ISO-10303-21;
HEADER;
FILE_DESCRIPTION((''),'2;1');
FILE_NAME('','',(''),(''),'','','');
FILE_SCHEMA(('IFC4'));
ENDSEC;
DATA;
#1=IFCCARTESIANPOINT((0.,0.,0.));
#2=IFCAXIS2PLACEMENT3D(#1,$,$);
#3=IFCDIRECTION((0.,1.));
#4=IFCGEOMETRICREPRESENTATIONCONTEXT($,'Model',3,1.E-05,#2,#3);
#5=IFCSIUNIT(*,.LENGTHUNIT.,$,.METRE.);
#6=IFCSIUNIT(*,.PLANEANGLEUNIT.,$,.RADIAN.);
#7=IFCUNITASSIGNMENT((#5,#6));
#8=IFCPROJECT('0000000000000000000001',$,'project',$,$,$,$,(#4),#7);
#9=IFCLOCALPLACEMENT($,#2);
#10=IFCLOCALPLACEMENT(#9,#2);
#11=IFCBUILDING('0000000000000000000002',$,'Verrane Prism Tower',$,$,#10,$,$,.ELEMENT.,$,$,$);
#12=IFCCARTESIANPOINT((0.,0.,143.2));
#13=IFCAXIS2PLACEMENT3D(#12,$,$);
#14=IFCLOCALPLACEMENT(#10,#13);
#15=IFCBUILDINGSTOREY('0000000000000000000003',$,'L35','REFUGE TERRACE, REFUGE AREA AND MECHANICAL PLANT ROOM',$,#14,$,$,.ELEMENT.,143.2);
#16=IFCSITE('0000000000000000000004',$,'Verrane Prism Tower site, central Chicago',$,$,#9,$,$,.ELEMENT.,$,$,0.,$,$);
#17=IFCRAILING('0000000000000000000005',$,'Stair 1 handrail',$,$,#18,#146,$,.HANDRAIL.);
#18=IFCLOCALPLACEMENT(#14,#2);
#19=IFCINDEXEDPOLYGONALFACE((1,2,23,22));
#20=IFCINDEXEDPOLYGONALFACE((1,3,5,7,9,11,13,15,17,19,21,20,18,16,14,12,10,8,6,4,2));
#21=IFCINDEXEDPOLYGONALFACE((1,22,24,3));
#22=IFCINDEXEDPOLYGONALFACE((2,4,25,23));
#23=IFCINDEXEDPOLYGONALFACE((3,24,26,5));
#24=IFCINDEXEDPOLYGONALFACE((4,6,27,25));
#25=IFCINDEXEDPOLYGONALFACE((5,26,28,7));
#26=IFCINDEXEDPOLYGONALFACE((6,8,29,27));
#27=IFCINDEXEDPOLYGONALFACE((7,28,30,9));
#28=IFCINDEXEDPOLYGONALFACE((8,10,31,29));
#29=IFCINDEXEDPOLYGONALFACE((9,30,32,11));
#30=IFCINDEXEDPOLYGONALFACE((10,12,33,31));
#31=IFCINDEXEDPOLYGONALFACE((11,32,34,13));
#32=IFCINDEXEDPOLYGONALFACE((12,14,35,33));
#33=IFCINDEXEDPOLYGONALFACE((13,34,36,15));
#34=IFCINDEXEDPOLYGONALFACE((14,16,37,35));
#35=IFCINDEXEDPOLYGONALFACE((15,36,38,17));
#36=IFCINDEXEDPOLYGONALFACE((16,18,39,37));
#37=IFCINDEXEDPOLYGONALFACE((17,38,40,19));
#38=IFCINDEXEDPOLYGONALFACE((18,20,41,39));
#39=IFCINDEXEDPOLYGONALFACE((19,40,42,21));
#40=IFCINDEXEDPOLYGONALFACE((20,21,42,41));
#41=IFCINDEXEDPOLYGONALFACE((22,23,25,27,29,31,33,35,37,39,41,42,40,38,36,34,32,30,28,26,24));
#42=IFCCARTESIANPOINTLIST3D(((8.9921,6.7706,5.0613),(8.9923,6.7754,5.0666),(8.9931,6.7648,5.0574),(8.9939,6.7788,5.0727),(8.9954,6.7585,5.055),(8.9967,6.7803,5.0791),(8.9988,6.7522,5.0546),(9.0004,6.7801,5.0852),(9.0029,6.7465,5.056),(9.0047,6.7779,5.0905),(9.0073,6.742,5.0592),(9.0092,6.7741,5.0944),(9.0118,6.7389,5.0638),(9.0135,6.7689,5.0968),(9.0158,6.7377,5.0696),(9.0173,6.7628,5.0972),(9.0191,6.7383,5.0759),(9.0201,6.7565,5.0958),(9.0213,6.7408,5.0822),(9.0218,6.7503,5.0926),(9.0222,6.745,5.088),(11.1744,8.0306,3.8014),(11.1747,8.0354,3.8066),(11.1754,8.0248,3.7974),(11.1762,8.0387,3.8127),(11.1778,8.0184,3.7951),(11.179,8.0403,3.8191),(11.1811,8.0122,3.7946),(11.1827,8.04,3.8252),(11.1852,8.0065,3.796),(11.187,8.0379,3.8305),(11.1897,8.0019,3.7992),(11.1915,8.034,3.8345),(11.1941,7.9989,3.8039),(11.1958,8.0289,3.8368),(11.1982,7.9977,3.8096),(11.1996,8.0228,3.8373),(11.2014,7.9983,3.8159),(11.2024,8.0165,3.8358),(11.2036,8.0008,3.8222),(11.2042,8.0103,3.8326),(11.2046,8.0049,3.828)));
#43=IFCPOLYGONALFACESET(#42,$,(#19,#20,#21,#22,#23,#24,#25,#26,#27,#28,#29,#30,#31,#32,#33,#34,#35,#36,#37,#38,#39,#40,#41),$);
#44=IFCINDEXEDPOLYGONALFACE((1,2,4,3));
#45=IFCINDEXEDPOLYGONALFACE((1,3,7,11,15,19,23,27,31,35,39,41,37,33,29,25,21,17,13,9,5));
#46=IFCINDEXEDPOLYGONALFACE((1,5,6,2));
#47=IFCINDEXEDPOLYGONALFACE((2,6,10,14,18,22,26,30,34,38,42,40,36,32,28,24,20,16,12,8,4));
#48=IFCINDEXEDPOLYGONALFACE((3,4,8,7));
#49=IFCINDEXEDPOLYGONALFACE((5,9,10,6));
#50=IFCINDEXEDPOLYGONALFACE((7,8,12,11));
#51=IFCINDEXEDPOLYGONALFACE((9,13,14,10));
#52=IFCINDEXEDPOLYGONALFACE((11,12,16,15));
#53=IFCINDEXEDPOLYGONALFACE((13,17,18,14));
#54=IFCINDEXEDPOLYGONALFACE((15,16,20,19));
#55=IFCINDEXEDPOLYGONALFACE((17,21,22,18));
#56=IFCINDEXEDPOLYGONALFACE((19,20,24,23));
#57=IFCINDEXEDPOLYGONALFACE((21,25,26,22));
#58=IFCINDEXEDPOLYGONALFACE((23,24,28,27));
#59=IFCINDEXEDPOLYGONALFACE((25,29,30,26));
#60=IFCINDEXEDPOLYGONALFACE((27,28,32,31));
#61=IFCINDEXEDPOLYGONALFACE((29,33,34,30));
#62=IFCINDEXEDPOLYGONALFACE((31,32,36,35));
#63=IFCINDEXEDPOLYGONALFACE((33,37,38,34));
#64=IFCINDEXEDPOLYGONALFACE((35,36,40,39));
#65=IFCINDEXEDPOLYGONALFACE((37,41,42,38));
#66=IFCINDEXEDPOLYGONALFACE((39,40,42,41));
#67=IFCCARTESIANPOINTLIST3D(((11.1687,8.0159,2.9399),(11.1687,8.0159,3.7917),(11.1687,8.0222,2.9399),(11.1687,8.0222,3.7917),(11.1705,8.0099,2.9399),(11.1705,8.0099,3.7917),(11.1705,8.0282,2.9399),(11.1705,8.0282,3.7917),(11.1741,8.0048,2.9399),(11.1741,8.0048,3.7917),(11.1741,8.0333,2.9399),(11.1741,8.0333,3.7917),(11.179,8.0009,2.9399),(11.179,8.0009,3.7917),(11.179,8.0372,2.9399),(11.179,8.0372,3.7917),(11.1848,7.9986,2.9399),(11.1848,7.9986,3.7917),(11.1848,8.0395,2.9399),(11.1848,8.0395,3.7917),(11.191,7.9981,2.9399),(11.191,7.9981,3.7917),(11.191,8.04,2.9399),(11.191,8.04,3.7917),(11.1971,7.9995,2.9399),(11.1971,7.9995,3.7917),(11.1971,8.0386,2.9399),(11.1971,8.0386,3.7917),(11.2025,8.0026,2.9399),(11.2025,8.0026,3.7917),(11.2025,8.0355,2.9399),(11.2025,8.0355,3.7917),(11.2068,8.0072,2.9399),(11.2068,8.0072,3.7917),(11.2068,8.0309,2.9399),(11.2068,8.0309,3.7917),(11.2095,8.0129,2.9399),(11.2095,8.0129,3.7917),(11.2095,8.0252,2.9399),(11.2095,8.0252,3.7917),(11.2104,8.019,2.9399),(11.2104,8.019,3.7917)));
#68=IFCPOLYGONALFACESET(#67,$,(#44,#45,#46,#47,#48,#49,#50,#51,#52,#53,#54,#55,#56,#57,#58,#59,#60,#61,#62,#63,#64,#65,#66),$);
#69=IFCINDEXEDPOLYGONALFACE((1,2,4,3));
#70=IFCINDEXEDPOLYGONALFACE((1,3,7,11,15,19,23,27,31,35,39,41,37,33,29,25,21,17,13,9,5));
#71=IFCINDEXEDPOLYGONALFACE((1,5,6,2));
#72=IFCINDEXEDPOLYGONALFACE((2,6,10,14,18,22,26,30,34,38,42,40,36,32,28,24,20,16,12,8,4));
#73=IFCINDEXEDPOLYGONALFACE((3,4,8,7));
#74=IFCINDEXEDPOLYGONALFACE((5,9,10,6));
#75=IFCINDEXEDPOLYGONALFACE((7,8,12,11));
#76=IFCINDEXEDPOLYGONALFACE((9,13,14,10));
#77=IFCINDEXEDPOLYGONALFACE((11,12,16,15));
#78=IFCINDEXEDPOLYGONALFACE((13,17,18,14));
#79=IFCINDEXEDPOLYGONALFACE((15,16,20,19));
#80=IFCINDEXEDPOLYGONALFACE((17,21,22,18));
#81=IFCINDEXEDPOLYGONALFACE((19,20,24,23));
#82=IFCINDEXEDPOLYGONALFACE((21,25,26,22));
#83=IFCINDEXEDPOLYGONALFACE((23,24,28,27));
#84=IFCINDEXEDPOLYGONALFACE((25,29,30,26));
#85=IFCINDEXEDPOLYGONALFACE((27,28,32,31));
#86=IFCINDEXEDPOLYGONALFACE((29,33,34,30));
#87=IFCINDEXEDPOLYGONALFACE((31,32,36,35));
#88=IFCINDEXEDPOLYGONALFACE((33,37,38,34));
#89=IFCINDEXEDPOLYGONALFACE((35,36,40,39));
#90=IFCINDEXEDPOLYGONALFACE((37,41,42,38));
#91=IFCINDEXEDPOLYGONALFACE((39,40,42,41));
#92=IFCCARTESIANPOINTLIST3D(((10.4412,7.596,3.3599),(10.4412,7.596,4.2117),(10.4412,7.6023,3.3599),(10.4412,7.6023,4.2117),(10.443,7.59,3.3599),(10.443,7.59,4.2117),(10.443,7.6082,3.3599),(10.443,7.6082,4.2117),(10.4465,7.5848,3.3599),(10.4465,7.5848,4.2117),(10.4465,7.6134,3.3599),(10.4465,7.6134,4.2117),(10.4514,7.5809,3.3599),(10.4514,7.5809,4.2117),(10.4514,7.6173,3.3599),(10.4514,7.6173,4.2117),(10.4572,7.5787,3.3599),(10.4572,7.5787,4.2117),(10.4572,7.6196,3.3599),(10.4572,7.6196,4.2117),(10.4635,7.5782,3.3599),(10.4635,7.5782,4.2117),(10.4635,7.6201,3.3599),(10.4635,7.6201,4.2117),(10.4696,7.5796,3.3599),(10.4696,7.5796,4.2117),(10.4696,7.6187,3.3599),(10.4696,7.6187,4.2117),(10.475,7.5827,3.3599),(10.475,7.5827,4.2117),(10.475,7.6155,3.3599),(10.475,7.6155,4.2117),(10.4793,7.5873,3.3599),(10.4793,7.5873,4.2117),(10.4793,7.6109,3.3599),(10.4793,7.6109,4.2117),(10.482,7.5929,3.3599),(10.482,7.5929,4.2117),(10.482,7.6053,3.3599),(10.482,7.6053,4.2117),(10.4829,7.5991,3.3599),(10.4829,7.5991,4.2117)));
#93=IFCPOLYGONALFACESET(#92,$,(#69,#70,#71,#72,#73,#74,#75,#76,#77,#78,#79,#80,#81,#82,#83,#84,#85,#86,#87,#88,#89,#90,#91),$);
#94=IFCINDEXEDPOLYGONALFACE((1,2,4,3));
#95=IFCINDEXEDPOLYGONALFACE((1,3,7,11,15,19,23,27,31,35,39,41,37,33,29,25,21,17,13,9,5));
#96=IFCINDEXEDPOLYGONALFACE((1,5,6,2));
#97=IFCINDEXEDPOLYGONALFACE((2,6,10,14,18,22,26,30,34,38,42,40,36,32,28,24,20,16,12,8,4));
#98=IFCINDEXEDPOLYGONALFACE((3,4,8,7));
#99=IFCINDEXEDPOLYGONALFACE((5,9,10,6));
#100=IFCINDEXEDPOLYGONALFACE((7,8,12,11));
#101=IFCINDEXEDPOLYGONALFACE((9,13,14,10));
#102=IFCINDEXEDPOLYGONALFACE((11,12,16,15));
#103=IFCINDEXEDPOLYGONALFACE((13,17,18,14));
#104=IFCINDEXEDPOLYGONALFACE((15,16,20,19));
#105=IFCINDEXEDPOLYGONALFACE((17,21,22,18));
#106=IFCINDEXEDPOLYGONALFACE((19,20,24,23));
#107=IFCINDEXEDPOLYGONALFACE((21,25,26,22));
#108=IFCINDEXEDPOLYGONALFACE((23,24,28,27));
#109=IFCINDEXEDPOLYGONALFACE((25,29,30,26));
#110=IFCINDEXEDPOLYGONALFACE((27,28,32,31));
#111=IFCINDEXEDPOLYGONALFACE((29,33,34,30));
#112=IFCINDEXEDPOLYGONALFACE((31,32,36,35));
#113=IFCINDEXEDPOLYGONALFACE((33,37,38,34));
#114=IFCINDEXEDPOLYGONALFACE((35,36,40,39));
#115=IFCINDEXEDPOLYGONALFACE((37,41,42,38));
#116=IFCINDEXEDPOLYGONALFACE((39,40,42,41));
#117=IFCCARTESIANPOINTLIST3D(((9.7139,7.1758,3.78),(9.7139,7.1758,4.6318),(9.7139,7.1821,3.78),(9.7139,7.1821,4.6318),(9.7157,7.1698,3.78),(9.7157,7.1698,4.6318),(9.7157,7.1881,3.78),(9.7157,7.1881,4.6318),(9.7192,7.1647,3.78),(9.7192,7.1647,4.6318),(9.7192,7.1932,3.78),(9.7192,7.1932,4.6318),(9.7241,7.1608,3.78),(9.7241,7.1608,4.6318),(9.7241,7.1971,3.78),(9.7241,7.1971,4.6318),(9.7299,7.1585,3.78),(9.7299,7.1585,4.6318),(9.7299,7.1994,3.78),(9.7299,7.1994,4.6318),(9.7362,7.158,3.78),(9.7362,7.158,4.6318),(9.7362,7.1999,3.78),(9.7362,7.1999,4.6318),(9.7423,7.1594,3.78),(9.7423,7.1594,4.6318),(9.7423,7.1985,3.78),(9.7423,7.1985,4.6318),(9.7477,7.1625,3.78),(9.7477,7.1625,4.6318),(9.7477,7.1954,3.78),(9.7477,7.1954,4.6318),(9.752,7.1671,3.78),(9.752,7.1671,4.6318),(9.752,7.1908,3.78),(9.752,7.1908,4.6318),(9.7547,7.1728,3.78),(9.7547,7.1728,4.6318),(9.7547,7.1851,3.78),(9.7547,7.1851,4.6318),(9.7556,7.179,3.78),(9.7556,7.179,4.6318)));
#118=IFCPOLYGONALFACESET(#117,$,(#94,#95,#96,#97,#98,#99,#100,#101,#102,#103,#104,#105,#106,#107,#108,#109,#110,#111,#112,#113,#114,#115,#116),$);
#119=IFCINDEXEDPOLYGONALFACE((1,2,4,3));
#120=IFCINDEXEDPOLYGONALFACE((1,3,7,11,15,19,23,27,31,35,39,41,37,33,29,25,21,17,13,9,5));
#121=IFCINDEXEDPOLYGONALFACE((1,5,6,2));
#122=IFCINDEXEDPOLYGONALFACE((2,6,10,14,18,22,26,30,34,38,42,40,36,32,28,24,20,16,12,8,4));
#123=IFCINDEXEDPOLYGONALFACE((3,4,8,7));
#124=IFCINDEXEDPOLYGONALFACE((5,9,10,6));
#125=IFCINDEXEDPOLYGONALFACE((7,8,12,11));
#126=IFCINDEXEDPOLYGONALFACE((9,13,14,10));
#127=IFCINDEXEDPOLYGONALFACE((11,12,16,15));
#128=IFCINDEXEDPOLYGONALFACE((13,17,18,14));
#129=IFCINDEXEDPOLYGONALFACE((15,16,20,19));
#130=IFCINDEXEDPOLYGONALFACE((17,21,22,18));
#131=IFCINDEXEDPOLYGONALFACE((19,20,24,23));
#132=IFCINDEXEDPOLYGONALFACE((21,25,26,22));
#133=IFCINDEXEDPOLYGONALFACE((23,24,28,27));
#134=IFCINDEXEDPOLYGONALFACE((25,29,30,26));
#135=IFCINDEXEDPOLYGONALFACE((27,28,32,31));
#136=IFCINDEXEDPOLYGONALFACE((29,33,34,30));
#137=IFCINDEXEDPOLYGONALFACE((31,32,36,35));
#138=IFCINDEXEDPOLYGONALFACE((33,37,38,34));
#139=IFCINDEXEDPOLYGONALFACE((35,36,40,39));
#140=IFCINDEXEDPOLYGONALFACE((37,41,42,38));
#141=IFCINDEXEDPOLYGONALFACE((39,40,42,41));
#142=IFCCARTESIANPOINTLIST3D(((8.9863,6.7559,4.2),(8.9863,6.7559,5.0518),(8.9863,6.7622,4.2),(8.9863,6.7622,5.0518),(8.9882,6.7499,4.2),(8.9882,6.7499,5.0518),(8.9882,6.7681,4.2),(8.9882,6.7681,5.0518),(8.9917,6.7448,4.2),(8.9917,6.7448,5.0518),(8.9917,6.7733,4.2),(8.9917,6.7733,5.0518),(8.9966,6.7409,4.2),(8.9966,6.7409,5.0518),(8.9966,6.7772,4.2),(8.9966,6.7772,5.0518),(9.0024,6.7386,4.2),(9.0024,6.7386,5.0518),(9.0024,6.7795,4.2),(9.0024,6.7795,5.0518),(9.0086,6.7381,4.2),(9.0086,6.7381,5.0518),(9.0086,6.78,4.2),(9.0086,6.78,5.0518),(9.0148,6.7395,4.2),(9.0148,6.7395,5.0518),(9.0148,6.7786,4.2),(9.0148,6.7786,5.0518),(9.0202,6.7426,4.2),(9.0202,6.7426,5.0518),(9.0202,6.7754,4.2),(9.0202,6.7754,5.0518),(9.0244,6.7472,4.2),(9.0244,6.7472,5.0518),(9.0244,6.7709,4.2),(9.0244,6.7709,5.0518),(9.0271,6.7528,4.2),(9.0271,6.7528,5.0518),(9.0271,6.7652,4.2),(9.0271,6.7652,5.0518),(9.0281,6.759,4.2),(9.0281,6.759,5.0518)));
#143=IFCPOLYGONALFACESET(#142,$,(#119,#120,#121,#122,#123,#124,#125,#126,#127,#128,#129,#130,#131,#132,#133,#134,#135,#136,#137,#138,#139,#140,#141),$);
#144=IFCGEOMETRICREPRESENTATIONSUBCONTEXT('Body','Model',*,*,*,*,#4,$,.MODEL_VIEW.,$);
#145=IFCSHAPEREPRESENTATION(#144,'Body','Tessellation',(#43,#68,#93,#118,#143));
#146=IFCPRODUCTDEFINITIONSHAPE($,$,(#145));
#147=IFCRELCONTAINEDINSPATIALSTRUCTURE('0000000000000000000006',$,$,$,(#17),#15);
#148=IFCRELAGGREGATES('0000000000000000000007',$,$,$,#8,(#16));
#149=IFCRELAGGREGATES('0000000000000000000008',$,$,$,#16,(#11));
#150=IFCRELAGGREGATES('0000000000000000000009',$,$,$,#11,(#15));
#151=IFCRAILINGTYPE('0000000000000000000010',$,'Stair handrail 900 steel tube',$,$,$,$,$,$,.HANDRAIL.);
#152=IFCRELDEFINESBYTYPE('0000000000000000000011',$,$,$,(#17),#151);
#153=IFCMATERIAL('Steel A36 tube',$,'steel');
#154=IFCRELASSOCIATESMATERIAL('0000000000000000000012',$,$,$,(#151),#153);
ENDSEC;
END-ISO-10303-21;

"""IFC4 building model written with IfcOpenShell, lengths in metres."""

from ifc_helpers import new_model, si_unit, direction, frame, origin, origin_2d, place, context, subcontext, project, spatial, circle, extrude, material, type_object, element, save


model = new_model("IFC4")

# Units and contexts
model_context = context("Model", 3, precision=1e-05, world=origin(), true_north=direction((0.0, 1.0)))
body_context = subcontext(model_context, "Body", "Model", "MODEL_VIEW")
ifc_project = project(units=[si_unit("LENGTHUNIT", "METRE"), si_unit("PLANEANGLEUNIT", "RADIAN")], contexts=[model_context])

# Site, building, storey
site_placement = place(None, origin())
site = spatial("IfcSite", under=ifc_project, at=site_placement, Name="Verrane Prism Tower site, central Chicago", CompositionType="ELEMENT", RefElevation=0.0)
building_placement = place(site_placement, origin())
building = spatial("IfcBuilding", under=site, at=building_placement, Name="Verrane Prism Tower", CompositionType="ELEMENT")
storey_placement = place(building_placement, frame((0.0, 0.0, 143.2)))
storey = spatial("IfcBuildingStorey", under=building, at=storey_placement, Name="L35", Description="REFUGE TERRACE, REFUGE AREA AND MECHANICAL PLANT ROOM", CompositionType="ELEMENT", Elevation=143.2)

# Railing
ifc_material_1 = material(Name="Steel A36 tube", Category="steel")
railing_type_1 = type_object("IfcRailingType", Name="Stair handrail 900 steel tube", PredefinedType="HANDRAIL", material=ifc_material_1)
railing_1_placement = place(storey_placement, frame((11.1895, 8.019, 2.9399)))
element("IfcRailing", 1, at=railing_1_placement, inside=storey, type_object=railing_type_1, Name="Stair 1 handrail", PredefinedType="HANDRAIL", context=body_context, shape_type="SweptSolid", body=[
    extrude(circle(Radius=0.0239, at=origin_2d()), frame((0.0, 0.0, 0.876), z_axis=(-0.774593, -0.447217, 0.447217), x_axis=(0.500005, -0.866023, 0.0)), (0.0, 0.0, 1.0), 2.8174),
    extrude(circle(Radius=0.021, at=origin_2d()), origin(), (0.0, 0.0, 1.0), 0.8518),
    extrude(circle(Radius=0.021, at=origin_2d()), frame((-0.7275, -0.4199, 0.4199)), (0.0, 0.0, 1.0), 0.8518),
    extrude(circle(Radius=0.021, at=origin_2d()), frame((-1.4548, -0.8401, 0.8401)), (0.0, 0.0, 1.0), 0.8518),
    extrude(circle(Radius=0.021, at=origin_2d()), frame((-2.1824, -1.26, 1.26)), (0.0, 0.0, 1.0), 0.8518),
])

save(model, "model.ifc")
